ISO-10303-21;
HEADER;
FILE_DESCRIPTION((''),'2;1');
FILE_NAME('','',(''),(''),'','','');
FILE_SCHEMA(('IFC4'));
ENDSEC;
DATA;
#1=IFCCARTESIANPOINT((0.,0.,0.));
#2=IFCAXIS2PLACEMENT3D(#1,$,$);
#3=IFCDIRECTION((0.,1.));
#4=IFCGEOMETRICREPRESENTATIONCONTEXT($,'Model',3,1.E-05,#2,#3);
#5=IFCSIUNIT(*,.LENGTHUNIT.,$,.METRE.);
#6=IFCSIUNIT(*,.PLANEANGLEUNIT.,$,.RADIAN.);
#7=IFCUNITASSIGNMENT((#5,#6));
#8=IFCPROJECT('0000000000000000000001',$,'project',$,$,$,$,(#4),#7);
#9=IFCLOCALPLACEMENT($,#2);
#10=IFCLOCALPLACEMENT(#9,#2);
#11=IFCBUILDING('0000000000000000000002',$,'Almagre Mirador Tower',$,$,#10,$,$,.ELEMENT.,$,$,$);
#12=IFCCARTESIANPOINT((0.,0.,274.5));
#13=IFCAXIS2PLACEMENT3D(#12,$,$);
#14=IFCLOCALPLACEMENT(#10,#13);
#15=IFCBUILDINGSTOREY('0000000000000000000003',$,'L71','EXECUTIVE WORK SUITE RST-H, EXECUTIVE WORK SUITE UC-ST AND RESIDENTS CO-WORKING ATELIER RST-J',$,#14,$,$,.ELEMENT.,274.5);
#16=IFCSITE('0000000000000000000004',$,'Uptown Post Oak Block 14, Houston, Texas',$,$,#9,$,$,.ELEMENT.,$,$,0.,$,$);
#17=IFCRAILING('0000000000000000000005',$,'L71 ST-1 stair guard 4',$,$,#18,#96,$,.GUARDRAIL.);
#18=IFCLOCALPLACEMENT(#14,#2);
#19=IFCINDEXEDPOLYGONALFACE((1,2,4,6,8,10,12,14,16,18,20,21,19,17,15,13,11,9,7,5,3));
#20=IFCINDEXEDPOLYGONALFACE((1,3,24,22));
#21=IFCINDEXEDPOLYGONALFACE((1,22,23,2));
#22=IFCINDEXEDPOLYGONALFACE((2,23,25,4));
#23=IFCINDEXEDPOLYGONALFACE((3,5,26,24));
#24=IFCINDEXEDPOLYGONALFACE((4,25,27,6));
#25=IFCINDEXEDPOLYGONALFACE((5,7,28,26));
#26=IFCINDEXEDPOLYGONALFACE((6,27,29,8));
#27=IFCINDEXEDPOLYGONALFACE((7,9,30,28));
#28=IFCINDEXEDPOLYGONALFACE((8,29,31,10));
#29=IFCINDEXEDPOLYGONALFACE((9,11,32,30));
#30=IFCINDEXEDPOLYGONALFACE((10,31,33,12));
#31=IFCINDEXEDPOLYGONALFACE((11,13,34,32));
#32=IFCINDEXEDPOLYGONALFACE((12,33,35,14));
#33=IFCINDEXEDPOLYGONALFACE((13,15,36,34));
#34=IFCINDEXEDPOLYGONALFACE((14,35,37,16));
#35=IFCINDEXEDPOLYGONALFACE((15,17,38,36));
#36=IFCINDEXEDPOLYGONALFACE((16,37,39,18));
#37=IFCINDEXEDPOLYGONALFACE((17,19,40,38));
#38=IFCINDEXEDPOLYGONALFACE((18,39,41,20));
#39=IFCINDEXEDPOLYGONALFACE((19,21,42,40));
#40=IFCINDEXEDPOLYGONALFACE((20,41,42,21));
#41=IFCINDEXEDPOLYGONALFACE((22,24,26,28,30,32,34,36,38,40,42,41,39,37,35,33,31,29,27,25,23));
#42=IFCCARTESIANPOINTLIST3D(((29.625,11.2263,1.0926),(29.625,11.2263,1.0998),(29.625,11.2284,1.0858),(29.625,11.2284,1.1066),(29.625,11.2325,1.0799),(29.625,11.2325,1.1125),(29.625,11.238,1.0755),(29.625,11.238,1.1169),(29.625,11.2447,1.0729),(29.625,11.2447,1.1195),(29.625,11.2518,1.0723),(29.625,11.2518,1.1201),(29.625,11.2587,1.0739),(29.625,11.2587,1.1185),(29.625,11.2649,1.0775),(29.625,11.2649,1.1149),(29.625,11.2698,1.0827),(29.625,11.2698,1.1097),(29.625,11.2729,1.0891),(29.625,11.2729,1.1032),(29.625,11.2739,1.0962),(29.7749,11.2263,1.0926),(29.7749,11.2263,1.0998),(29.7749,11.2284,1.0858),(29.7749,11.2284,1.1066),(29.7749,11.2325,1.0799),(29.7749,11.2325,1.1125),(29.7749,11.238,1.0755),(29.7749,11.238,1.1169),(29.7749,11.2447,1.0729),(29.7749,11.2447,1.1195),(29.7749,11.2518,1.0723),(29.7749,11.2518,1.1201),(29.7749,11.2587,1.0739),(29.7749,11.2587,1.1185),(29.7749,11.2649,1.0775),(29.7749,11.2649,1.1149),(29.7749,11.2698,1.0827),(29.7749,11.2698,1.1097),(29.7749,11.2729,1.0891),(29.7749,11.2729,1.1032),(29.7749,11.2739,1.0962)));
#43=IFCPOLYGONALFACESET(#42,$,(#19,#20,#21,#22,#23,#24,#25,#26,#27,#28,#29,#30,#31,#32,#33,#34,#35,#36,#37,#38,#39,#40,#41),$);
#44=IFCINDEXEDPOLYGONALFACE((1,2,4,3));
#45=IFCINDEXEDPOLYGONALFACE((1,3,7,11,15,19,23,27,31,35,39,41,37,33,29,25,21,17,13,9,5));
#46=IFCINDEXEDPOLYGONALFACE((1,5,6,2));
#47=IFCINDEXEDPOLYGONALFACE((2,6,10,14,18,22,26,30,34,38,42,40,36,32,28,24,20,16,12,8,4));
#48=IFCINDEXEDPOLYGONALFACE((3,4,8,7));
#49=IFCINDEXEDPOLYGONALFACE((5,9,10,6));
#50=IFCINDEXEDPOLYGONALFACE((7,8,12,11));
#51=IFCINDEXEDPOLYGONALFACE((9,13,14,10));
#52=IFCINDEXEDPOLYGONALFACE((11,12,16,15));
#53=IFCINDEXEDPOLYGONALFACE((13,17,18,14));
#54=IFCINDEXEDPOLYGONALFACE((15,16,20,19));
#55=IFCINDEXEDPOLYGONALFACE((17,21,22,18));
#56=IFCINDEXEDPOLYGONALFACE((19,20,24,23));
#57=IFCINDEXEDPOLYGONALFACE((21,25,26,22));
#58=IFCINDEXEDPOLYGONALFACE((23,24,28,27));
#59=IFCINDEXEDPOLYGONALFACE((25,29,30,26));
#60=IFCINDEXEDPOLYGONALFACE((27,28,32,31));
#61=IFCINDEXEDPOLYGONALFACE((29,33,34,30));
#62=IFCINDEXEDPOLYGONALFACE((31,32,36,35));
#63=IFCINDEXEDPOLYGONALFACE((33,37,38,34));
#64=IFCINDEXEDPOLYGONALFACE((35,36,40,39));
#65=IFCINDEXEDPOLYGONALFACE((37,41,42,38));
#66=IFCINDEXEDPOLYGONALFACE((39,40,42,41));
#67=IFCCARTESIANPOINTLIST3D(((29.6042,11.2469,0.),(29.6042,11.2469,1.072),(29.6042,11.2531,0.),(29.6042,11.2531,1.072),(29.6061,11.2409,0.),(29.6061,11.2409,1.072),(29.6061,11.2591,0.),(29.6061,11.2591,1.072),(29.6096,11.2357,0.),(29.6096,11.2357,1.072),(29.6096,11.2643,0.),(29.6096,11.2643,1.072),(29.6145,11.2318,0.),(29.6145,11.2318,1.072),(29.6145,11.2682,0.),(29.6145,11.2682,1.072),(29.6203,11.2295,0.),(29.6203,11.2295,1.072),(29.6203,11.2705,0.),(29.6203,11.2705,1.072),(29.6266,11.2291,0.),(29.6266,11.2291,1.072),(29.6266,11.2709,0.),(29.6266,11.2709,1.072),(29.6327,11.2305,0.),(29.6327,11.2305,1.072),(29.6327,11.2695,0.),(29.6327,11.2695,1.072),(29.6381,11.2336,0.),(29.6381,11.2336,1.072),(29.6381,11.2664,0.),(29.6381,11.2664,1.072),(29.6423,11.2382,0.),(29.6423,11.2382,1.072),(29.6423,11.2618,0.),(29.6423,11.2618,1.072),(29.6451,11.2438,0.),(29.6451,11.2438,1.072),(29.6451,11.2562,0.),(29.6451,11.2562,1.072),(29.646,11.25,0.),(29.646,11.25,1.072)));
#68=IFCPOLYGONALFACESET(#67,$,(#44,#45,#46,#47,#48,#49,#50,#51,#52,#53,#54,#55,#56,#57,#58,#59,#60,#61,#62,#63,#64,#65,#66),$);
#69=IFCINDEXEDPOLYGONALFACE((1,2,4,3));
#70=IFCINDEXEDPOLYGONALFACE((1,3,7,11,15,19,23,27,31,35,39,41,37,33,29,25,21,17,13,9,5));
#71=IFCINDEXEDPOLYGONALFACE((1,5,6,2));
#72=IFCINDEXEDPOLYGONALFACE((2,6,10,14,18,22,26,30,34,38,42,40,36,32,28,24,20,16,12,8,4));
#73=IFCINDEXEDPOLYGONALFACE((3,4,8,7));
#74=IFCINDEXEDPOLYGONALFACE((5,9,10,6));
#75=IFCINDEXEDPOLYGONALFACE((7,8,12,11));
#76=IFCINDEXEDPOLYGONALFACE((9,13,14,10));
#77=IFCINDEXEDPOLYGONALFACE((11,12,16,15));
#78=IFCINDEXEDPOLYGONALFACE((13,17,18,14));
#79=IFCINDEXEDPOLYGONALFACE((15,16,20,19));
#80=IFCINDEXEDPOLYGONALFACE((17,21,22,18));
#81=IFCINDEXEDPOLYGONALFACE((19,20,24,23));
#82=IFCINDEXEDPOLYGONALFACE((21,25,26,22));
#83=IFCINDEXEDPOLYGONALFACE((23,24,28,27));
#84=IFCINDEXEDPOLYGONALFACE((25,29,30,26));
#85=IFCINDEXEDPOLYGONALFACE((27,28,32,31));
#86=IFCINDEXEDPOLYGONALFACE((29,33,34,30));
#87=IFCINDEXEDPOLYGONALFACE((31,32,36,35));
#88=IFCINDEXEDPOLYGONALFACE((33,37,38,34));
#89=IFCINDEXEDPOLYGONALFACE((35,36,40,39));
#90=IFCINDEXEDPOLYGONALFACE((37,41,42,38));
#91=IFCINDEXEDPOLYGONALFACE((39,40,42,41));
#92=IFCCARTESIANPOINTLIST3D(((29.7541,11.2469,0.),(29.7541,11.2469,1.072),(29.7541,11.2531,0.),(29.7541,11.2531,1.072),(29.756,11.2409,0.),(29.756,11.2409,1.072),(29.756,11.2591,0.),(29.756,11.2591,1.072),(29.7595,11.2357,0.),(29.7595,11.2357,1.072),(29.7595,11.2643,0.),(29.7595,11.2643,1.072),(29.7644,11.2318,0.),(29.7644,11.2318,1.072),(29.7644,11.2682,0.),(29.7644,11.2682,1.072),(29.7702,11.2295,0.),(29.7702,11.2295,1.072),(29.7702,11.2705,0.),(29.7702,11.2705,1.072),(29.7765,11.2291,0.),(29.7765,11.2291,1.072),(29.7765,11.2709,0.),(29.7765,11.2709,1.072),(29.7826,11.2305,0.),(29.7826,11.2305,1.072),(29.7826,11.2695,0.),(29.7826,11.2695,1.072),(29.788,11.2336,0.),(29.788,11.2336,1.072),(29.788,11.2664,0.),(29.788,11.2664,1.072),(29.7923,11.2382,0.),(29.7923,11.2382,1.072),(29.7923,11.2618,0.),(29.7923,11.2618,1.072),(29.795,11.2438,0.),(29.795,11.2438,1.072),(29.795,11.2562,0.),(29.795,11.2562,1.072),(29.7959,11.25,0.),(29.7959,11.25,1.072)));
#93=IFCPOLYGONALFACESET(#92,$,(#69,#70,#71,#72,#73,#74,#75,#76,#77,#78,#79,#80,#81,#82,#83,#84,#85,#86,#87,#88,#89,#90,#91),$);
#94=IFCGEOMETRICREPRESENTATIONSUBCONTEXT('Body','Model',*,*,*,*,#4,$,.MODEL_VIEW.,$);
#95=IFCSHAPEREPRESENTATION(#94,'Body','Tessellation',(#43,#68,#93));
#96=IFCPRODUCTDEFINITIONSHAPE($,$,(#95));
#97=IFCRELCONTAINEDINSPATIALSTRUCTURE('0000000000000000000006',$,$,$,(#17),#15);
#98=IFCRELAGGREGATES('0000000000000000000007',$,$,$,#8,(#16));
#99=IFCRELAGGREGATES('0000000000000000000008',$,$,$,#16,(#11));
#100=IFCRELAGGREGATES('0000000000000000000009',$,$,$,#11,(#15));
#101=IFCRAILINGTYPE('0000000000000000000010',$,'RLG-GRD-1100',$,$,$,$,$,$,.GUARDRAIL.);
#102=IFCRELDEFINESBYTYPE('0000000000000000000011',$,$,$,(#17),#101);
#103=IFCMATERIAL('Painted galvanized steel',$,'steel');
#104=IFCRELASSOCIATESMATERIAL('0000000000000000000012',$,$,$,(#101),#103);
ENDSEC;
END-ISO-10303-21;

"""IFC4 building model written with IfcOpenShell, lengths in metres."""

from ifc_helpers import new_model, si_unit, direction, frame, origin, origin_2d, place, context, subcontext, project, spatial, circle, extrude, material, type_object, element, save


model = new_model("IFC4")

# Units and contexts
model_context = context("Model", 3, precision=1e-05, world=origin(), true_north=direction((0.0, 1.0)))
body_context = subcontext(model_context, "Body", "Model", "MODEL_VIEW")
ifc_project = project(units=[si_unit("LENGTHUNIT", "METRE"), si_unit("PLANEANGLEUNIT", "RADIAN")], contexts=[model_context])

# Site, building, storey
site_placement = place(None, origin())
site = spatial("IfcSite", under=ifc_project, at=site_placement, Name="Uptown Post Oak Block 14, Houston, Texas", CompositionType="ELEMENT", RefElevation=0.0)
building_placement = place(site_placement, origin())
building = spatial("IfcBuilding", under=site, at=building_placement, Name="Almagre Mirador Tower", CompositionType="ELEMENT")
storey_placement = place(building_placement, frame((0.0, 0.0, 274.5)))
storey = spatial("IfcBuildingStorey", under=building, at=storey_placement, Name="L71", Description="EXECUTIVE WORK SUITE RST-H, EXECUTIVE WORK SUITE UC-ST AND RESIDENTS CO-WORKING ATELIER RST-J", CompositionType="ELEMENT", Elevation=274.5)

# Railing
ifc_material_1 = material(Name="Painted galvanized steel", Category="steel")
railing_type_1 = type_object("IfcRailingType", Name="RLG-GRD-1100", PredefinedType="GUARDRAIL", material=ifc_material_1)
railing_1_placement = place(storey_placement, frame((29.625, 11.25, 0.0)))
element("IfcRailing", 1, at=railing_1_placement, inside=storey, type_object=railing_type_1, Name="L71 ST-1 stair guard 4", PredefinedType="GUARDRAIL", context=body_context, shape_type="SweptSolid", body=[
    extrude(circle(Radius=0.0239, at=origin_2d()), frame((0.0, 0.0, 1.0962), z_axis=(1.0, 0.0, 0.0), x_axis=(0.0, 1.0, 0.0)), (0.0, 0.0, 1.0), 0.1499),
    extrude(circle(Radius=0.021, at=origin_2d()), origin(), (0.0, 0.0, 1.0), 1.072),
    extrude(circle(Radius=0.021, at=origin_2d()), frame((0.1499, 0.0, 0.0)), (0.0, 0.0, 1.0), 1.072),
])

save(model, "model.ifc")
